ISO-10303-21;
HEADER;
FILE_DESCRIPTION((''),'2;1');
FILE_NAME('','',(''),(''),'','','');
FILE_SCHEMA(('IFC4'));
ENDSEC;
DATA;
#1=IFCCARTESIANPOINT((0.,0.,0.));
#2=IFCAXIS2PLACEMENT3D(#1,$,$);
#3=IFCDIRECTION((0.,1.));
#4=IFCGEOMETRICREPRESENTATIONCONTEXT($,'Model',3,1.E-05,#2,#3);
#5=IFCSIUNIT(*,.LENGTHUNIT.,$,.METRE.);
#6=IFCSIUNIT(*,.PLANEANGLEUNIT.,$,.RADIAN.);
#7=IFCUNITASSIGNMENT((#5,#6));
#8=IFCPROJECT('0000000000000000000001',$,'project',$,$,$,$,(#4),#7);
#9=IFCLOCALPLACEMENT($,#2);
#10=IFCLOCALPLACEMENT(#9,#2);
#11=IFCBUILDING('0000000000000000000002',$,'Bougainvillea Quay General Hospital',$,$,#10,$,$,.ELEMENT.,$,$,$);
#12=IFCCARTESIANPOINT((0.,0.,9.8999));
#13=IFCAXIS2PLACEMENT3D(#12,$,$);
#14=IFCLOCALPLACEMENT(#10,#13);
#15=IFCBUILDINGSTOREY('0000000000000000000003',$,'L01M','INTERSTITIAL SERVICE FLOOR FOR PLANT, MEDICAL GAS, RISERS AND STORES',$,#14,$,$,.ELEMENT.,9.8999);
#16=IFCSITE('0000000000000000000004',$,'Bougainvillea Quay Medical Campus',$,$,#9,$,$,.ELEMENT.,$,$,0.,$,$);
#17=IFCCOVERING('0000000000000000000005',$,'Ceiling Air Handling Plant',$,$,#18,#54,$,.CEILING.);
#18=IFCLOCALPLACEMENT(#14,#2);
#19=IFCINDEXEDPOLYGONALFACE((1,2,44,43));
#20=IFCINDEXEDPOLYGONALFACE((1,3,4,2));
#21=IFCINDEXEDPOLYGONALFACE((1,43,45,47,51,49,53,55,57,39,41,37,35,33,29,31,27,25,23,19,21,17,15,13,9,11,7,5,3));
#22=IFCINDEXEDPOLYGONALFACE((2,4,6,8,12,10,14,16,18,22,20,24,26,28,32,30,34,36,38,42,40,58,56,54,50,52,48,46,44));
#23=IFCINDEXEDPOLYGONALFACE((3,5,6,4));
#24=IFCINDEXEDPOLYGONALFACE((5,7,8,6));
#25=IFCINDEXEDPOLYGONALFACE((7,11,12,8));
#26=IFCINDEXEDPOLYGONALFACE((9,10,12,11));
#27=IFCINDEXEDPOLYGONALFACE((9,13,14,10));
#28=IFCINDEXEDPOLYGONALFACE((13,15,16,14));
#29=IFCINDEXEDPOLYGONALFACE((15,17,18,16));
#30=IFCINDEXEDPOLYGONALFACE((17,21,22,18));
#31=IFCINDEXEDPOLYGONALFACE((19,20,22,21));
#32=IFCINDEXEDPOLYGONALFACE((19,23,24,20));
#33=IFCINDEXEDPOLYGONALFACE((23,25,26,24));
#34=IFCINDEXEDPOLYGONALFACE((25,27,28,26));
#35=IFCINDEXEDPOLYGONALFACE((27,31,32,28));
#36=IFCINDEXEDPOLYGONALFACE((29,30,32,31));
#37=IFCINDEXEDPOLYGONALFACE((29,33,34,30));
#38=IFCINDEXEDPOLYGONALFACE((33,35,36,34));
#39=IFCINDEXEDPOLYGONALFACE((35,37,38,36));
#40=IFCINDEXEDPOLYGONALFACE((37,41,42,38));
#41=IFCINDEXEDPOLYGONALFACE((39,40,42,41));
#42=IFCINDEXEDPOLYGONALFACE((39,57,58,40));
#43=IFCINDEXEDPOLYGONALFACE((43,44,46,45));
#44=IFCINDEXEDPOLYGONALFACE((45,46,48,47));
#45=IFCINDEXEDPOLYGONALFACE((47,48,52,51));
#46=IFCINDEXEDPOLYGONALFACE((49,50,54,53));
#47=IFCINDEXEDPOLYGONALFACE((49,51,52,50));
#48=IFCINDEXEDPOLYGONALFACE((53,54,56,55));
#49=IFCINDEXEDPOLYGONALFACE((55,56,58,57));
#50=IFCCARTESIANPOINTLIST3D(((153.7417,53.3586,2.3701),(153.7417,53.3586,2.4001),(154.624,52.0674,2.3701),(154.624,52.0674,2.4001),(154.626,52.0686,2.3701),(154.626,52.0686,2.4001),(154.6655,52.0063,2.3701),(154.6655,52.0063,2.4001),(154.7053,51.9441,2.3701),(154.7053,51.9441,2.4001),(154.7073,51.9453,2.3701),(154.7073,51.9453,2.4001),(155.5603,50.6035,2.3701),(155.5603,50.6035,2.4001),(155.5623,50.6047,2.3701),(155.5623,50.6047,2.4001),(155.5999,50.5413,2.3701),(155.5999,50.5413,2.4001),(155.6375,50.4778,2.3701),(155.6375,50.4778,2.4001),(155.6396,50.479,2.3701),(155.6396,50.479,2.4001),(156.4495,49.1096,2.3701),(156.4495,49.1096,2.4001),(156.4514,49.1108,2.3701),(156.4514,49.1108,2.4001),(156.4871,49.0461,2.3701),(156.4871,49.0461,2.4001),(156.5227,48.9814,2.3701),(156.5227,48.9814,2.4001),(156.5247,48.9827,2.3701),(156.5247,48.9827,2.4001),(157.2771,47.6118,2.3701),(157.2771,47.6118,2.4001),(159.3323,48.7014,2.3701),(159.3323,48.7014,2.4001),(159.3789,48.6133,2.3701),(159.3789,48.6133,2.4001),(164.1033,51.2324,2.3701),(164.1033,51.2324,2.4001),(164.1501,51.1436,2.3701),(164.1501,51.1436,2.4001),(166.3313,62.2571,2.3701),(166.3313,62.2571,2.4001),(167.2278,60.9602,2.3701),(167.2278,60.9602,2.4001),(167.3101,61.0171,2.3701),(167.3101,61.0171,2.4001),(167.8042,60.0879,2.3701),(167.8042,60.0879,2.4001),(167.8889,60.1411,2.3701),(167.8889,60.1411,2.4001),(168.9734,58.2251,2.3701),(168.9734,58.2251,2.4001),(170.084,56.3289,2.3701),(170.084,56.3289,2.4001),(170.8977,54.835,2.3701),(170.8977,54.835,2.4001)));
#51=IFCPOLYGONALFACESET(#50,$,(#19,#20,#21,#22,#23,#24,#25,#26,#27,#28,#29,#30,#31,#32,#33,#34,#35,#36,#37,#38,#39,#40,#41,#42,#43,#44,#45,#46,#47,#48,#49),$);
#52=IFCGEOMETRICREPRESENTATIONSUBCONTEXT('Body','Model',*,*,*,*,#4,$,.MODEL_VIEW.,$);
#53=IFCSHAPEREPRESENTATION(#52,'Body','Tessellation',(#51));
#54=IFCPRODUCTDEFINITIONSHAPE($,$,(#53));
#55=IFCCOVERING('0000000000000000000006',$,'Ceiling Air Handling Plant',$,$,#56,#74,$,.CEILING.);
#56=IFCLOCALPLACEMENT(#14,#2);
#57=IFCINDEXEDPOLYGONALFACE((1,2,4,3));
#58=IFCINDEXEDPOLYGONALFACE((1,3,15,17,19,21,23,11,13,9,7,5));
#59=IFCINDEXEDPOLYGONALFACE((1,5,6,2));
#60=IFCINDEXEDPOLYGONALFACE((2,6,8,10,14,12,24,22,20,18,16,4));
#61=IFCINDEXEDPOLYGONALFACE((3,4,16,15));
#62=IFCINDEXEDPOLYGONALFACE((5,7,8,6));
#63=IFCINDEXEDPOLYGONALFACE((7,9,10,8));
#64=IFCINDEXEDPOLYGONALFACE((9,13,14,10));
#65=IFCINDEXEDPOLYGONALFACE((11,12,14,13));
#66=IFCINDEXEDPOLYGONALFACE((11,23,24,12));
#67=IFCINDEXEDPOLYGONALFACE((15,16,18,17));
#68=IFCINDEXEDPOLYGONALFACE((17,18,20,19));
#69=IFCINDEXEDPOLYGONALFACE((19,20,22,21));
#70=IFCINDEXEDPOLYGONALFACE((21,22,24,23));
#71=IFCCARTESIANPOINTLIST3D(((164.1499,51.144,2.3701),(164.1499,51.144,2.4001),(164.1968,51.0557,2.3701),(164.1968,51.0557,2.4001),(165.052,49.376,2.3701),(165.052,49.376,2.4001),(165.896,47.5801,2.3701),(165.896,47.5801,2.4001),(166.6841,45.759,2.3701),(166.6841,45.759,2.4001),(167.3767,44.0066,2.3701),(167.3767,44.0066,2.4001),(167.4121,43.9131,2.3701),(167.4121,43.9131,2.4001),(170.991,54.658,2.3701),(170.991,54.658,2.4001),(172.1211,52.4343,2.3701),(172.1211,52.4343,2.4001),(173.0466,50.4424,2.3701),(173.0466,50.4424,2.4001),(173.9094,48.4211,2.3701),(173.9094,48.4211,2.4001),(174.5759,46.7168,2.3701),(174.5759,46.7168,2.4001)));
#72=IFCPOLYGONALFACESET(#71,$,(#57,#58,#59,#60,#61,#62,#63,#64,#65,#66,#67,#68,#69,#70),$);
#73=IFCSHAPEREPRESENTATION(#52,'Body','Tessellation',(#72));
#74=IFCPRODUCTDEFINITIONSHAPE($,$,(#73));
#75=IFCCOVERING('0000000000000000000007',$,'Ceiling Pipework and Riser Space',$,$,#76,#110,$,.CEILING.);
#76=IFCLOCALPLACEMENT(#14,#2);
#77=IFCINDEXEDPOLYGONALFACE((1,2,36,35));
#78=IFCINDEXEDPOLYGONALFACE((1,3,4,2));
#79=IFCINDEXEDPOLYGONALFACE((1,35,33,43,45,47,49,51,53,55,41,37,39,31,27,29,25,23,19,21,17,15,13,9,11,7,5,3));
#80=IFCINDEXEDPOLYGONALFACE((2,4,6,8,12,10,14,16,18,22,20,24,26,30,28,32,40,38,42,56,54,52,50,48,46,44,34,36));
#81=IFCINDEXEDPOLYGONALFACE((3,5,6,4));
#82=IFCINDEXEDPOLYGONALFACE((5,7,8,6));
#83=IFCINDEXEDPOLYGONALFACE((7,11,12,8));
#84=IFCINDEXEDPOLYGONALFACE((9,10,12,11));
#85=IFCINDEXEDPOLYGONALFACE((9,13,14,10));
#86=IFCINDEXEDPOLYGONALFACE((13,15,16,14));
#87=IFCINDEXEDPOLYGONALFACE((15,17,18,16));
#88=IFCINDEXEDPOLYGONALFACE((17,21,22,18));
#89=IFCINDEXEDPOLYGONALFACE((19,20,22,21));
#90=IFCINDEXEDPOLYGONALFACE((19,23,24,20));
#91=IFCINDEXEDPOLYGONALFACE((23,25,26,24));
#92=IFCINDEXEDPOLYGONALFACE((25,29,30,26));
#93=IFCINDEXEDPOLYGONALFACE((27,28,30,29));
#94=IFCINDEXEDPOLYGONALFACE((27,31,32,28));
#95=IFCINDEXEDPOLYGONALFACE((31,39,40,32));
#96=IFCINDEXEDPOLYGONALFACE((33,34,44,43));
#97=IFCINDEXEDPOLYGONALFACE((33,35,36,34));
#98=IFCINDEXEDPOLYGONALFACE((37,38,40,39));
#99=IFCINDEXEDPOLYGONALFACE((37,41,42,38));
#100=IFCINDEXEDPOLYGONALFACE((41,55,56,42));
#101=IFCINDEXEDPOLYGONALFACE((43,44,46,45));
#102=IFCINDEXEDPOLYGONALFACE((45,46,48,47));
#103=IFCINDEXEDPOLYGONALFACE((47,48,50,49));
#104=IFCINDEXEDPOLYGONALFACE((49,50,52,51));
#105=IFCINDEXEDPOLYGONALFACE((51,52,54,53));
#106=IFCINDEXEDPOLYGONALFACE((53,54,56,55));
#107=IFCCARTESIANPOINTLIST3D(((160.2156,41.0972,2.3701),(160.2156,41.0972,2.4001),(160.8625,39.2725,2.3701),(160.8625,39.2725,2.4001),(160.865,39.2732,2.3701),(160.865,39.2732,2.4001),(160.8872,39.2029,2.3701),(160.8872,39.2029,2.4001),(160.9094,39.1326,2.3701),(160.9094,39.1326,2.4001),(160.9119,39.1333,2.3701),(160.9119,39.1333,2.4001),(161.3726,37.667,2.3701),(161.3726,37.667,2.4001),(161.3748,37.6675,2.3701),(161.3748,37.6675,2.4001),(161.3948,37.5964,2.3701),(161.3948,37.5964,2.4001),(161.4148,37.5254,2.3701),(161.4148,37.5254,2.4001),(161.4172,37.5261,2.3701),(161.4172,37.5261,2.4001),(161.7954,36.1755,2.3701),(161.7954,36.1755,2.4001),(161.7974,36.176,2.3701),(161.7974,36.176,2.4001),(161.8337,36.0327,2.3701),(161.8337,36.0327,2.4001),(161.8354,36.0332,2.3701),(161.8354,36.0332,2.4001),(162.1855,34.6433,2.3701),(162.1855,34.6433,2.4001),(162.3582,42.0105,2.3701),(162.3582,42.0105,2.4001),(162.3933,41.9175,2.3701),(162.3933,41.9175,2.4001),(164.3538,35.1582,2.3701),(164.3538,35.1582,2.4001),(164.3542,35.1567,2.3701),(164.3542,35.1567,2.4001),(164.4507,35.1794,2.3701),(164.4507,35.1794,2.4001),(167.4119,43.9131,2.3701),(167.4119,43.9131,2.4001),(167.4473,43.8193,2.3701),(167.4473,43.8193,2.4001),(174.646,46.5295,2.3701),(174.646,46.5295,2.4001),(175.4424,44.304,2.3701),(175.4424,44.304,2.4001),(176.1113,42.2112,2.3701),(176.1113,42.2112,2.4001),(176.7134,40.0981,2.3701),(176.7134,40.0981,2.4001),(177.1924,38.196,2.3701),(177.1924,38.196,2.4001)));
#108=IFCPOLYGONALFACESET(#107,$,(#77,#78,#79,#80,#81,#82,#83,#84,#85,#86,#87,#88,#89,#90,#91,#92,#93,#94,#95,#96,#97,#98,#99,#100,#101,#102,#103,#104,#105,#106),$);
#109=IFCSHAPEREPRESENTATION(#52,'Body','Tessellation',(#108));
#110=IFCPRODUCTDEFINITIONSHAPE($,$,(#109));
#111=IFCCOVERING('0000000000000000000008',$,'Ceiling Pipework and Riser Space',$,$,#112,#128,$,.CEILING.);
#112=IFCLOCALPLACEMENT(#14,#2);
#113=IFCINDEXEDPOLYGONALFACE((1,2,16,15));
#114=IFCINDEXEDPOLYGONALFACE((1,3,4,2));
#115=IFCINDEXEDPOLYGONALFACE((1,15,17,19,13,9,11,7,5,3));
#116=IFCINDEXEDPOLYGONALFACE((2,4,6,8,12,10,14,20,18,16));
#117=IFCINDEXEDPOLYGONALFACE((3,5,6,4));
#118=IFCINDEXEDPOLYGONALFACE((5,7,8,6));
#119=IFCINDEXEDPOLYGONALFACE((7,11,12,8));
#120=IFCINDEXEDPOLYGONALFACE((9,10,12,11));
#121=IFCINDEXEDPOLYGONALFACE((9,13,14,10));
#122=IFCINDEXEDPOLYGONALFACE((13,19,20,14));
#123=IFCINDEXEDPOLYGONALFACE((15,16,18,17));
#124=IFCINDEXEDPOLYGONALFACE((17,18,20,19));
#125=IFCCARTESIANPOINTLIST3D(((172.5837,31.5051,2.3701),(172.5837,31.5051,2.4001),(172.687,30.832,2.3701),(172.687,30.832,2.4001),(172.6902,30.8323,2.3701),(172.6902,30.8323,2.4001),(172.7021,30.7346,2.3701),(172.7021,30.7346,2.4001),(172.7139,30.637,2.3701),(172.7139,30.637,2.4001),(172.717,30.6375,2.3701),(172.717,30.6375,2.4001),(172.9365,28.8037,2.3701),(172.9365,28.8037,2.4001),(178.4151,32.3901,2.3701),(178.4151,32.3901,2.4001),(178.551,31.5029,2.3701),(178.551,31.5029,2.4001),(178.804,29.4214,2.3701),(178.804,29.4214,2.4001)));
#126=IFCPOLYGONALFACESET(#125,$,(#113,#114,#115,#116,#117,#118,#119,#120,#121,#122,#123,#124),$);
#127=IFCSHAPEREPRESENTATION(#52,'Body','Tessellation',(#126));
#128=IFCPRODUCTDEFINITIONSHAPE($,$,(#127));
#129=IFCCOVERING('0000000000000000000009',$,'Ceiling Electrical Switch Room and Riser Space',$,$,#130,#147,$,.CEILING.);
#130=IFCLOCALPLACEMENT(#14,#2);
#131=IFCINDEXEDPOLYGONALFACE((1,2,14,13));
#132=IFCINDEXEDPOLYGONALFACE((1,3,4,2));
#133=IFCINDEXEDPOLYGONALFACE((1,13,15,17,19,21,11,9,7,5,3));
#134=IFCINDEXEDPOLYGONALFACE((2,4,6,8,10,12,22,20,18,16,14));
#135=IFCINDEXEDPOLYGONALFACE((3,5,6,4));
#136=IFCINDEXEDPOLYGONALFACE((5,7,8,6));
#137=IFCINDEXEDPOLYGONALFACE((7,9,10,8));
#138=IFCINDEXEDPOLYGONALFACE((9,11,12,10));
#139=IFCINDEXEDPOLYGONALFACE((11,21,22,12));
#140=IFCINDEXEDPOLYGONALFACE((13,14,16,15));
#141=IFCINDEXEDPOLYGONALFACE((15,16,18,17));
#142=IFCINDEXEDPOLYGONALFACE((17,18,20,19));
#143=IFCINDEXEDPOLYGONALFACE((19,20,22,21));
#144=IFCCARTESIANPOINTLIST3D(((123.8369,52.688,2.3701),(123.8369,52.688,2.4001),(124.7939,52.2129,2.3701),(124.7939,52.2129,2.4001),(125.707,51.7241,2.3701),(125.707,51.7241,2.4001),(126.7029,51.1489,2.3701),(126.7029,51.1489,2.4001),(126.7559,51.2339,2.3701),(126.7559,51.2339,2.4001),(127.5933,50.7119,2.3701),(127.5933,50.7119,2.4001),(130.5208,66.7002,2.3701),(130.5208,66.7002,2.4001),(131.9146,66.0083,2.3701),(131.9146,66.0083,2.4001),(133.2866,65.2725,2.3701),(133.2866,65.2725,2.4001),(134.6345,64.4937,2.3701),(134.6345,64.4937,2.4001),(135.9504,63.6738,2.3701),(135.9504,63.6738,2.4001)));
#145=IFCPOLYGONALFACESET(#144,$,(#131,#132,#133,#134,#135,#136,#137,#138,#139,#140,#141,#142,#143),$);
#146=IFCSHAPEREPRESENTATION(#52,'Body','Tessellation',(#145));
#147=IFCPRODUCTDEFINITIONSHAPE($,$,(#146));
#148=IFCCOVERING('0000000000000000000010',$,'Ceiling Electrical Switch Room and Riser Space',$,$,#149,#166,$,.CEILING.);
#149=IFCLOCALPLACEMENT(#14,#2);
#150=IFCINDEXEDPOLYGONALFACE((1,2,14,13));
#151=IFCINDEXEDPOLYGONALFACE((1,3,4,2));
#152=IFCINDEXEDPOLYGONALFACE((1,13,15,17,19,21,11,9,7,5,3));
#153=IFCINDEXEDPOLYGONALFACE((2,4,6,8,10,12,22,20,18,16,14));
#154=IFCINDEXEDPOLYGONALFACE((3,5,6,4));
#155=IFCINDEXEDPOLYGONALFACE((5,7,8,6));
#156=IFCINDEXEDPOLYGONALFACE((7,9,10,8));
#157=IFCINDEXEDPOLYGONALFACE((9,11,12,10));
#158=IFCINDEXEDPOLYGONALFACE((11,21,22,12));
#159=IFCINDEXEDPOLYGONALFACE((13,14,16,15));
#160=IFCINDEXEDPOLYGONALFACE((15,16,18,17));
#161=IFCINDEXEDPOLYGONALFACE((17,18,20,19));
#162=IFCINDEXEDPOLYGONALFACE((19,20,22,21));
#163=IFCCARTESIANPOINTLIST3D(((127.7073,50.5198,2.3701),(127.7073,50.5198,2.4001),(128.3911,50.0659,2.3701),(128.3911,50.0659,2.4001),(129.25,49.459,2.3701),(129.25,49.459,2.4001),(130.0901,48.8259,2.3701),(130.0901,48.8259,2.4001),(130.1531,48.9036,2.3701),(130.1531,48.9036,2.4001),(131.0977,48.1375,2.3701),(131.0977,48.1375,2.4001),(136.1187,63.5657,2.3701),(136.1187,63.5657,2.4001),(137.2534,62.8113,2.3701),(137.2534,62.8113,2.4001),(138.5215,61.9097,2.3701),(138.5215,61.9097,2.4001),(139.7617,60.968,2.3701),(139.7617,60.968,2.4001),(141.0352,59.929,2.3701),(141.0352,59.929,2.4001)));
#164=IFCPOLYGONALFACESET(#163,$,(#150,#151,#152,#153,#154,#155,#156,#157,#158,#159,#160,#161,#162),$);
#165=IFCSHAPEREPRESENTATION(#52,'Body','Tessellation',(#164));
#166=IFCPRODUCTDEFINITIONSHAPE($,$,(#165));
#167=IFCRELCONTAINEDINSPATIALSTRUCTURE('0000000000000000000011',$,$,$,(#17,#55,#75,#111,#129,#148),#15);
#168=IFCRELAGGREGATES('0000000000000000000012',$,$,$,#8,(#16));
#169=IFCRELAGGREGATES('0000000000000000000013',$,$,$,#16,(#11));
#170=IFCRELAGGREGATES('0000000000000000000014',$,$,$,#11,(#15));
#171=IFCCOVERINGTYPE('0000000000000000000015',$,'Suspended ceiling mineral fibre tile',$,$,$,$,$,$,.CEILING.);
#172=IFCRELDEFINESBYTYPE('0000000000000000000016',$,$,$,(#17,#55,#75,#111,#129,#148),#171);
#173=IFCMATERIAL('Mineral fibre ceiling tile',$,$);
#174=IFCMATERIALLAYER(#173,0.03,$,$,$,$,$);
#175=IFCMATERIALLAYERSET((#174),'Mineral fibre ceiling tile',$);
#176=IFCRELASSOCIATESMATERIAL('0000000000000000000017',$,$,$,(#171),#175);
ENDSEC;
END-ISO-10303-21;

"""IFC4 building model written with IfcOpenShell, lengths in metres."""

from ifc_helpers import new_model, si_unit, direction, frame, origin, place, context, subcontext, project, spatial, polyline, outline, extrude, material, layer, layer_set, type_object, element, save


model = new_model("IFC4")

# Units and contexts
model_context = context("Model", 3, precision=1e-05, world=origin(), true_north=direction((0.0, 1.0)))
body_context = subcontext(model_context, "Body", "Model", "MODEL_VIEW")
ifc_project = project(units=[si_unit("LENGTHUNIT", "METRE"), si_unit("PLANEANGLEUNIT", "RADIAN")], contexts=[model_context])

# Site, building, storey
site_placement = place(None, origin())
site = spatial("IfcSite", under=ifc_project, at=site_placement, Name="Bougainvillea Quay Medical Campus", CompositionType="ELEMENT", RefElevation=0.0)
building_placement = place(site_placement, origin())
building = spatial("IfcBuilding", under=site, at=building_placement, Name="Bougainvillea Quay General Hospital", CompositionType="ELEMENT")
storey_placement = place(building_placement, frame((0.0, 0.0, 9.8999)))
storey = spatial("IfcBuildingStorey", under=building, at=storey_placement, Name="L01M", Description="INTERSTITIAL SERVICE FLOOR FOR PLANT, MEDICAL GAS, RISERS AND STORES", CompositionType="ELEMENT", Elevation=9.8999)

# Coverings
ifc_material = material(Name="Mineral fibre ceiling tile")
ifc_layer = layer(ifc_material, 0.03)
ifc_layer_set = layer_set([ifc_layer], Name="Mineral fibre ceiling tile")
covering_type = type_object("IfcCoveringType", Name="Suspended ceiling mineral fibre tile", PredefinedType="CEILING", material=ifc_layer_set)
covering_1_placement = place(storey_placement, frame((0.0, 0.0, 2.3701)))
element("IfcCovering", 1, at=covering_1_placement, inside=storey, type_object=covering_type, Name="Ceiling Air Handling Plant", PredefinedType="CEILING", context=body_context, shape_type="SweptSolid", body=[
    extrude(outline(polyline([(164.1501, 51.1436), (164.1033, 51.2324), (170.8977, 54.835), (170.084, 56.3289), (168.9734, 58.2251), (167.8042, 60.0879), (167.8889, 60.1411), (167.3101, 61.0171), (167.2278, 60.9602), (166.3313, 62.2571), (153.7417, 53.3586), (154.624, 52.0674), (154.626, 52.0686), (154.6655, 52.0063), (154.7073, 51.9453), (154.7053, 51.9441), (155.5603, 50.6035), (155.5623, 50.6047), (155.5999, 50.5413), (155.6396, 50.479), (155.6375, 50.4778), (156.4495, 49.1096), (156.4514, 49.1108), (156.4871, 49.0461), (156.5247, 48.9827), (156.5227, 48.9814), (157.2771, 47.6118), (159.3323, 48.7014), (159.3789, 48.6133), (164.1501, 51.1436)])), origin(), (0.0, 0.0, 1.0), 0.03),
])
covering_2_placement = place(storey_placement, frame((0.0, 0.0, 2.3701)))
element("IfcCovering", 2, at=covering_2_placement, inside=storey, type_object=covering_type, Name="Ceiling Air Handling Plant", PredefinedType="CEILING", context=body_context, shape_type="SweptSolid", body=[
    extrude(outline(polyline([(167.4121, 43.9131), (167.3767, 44.0066), (174.5759, 46.7168), (173.9094, 48.4211), (173.0466, 50.4424), (172.1211, 52.4343), (170.991, 54.658), (164.1968, 51.0557), (164.1499, 51.144), (165.052, 49.376), (165.896, 47.5801), (166.6841, 45.759), (167.4121, 43.9131)])), origin(), (0.0, 0.0, 1.0), 0.03),
])
covering_3_placement = place(storey_placement, frame((0.0, 0.0, 2.3701)))
element("IfcCovering", 3, at=covering_3_placement, inside=storey, type_object=covering_type, Name="Ceiling Pipework and Riser Space", PredefinedType="CEILING", context=body_context, shape_type="SweptSolid", body=[
    extrude(outline(polyline([(162.3582, 42.0105), (162.3933, 41.9175), (160.2156, 41.0972), (160.8625, 39.2725), (160.865, 39.2732), (160.8872, 39.2029), (160.9119, 39.1333), (160.9094, 39.1326), (161.3726, 37.667), (161.3748, 37.6675), (161.3948, 37.5964), (161.4172, 37.5261), (161.4148, 37.5254), (161.7954, 36.1755), (161.7974, 36.176), (161.8354, 36.0332), (161.8337, 36.0327), (162.1855, 34.6433), (164.3542, 35.1567), (164.3538, 35.1582), (164.4507, 35.1794), (177.1924, 38.196), (176.7134, 40.0981), (176.1113, 42.2112), (175.4424, 44.304), (174.646, 46.5295), (167.4473, 43.8193), (167.4119, 43.9131), (162.3582, 42.0105)])), origin(), (0.0, 0.0, 1.0), 0.03),
])
covering_4_placement = place(storey_placement, frame((0.0, 0.0, 2.3701)))
element("IfcCovering", 4, at=covering_4_placement, inside=storey, type_object=covering_type, Name="Ceiling Pipework and Riser Space", PredefinedType="CEILING", context=body_context, shape_type="SweptSolid", body=[
    extrude(outline(polyline([(178.3999, 32.489), (178.415, 32.3901), (172.5837, 31.5051), (172.687, 30.832), (172.6902, 30.8323), (172.7021, 30.7346), (172.717, 30.6375), (172.7139, 30.637), (172.9365, 28.8037), (178.804, 29.4214), (178.551, 31.5029), (178.3999, 32.489)])), origin(), (0.0, 0.0, 1.0), 0.03),
])
covering_5_placement = place(storey_placement, frame((0.0, 0.0, 2.3701)))
element("IfcCovering", 5, at=covering_5_placement, inside=storey, type_object=covering_type, Name="Ceiling Electrical Switch Room and Riser Space", PredefinedType="CEILING", context=body_context, shape_type="SweptSolid", body=[
    extrude(outline(polyline([(126.7029, 51.1489), (126.7559, 51.2339), (127.5933, 50.7119), (135.9504, 63.6738), (134.6345, 64.4937), (133.2866, 65.2725), (131.9146, 66.0083), (130.5208, 66.7002), (123.8369, 52.688), (124.7939, 52.2129), (125.707, 51.7241), (126.7029, 51.1489)])), origin(), (0.0, 0.0, 1.0), 0.03),
])
covering_6_placement = place(storey_placement, frame((0.0, 0.0, 2.3701)))
element("IfcCovering", 6, at=covering_6_placement, inside=storey, type_object=covering_type, Name="Ceiling Electrical Switch Room and Riser Space", PredefinedType="CEILING", context=body_context, shape_type="SweptSolid", body=[
    extrude(outline(polyline([(130.0901, 48.8259), (130.1531, 48.9036), (131.0977, 48.1375), (141.0352, 59.929), (139.7617, 60.968), (138.5215, 61.9097), (137.2534, 62.8113), (136.1187, 63.5657), (127.7073, 50.5198), (128.3911, 50.0659), (129.25, 49.459), (130.0901, 48.8259)])), origin(), (0.0, 0.0, 1.0), 0.03),
])

save(model, "model.ifc")
